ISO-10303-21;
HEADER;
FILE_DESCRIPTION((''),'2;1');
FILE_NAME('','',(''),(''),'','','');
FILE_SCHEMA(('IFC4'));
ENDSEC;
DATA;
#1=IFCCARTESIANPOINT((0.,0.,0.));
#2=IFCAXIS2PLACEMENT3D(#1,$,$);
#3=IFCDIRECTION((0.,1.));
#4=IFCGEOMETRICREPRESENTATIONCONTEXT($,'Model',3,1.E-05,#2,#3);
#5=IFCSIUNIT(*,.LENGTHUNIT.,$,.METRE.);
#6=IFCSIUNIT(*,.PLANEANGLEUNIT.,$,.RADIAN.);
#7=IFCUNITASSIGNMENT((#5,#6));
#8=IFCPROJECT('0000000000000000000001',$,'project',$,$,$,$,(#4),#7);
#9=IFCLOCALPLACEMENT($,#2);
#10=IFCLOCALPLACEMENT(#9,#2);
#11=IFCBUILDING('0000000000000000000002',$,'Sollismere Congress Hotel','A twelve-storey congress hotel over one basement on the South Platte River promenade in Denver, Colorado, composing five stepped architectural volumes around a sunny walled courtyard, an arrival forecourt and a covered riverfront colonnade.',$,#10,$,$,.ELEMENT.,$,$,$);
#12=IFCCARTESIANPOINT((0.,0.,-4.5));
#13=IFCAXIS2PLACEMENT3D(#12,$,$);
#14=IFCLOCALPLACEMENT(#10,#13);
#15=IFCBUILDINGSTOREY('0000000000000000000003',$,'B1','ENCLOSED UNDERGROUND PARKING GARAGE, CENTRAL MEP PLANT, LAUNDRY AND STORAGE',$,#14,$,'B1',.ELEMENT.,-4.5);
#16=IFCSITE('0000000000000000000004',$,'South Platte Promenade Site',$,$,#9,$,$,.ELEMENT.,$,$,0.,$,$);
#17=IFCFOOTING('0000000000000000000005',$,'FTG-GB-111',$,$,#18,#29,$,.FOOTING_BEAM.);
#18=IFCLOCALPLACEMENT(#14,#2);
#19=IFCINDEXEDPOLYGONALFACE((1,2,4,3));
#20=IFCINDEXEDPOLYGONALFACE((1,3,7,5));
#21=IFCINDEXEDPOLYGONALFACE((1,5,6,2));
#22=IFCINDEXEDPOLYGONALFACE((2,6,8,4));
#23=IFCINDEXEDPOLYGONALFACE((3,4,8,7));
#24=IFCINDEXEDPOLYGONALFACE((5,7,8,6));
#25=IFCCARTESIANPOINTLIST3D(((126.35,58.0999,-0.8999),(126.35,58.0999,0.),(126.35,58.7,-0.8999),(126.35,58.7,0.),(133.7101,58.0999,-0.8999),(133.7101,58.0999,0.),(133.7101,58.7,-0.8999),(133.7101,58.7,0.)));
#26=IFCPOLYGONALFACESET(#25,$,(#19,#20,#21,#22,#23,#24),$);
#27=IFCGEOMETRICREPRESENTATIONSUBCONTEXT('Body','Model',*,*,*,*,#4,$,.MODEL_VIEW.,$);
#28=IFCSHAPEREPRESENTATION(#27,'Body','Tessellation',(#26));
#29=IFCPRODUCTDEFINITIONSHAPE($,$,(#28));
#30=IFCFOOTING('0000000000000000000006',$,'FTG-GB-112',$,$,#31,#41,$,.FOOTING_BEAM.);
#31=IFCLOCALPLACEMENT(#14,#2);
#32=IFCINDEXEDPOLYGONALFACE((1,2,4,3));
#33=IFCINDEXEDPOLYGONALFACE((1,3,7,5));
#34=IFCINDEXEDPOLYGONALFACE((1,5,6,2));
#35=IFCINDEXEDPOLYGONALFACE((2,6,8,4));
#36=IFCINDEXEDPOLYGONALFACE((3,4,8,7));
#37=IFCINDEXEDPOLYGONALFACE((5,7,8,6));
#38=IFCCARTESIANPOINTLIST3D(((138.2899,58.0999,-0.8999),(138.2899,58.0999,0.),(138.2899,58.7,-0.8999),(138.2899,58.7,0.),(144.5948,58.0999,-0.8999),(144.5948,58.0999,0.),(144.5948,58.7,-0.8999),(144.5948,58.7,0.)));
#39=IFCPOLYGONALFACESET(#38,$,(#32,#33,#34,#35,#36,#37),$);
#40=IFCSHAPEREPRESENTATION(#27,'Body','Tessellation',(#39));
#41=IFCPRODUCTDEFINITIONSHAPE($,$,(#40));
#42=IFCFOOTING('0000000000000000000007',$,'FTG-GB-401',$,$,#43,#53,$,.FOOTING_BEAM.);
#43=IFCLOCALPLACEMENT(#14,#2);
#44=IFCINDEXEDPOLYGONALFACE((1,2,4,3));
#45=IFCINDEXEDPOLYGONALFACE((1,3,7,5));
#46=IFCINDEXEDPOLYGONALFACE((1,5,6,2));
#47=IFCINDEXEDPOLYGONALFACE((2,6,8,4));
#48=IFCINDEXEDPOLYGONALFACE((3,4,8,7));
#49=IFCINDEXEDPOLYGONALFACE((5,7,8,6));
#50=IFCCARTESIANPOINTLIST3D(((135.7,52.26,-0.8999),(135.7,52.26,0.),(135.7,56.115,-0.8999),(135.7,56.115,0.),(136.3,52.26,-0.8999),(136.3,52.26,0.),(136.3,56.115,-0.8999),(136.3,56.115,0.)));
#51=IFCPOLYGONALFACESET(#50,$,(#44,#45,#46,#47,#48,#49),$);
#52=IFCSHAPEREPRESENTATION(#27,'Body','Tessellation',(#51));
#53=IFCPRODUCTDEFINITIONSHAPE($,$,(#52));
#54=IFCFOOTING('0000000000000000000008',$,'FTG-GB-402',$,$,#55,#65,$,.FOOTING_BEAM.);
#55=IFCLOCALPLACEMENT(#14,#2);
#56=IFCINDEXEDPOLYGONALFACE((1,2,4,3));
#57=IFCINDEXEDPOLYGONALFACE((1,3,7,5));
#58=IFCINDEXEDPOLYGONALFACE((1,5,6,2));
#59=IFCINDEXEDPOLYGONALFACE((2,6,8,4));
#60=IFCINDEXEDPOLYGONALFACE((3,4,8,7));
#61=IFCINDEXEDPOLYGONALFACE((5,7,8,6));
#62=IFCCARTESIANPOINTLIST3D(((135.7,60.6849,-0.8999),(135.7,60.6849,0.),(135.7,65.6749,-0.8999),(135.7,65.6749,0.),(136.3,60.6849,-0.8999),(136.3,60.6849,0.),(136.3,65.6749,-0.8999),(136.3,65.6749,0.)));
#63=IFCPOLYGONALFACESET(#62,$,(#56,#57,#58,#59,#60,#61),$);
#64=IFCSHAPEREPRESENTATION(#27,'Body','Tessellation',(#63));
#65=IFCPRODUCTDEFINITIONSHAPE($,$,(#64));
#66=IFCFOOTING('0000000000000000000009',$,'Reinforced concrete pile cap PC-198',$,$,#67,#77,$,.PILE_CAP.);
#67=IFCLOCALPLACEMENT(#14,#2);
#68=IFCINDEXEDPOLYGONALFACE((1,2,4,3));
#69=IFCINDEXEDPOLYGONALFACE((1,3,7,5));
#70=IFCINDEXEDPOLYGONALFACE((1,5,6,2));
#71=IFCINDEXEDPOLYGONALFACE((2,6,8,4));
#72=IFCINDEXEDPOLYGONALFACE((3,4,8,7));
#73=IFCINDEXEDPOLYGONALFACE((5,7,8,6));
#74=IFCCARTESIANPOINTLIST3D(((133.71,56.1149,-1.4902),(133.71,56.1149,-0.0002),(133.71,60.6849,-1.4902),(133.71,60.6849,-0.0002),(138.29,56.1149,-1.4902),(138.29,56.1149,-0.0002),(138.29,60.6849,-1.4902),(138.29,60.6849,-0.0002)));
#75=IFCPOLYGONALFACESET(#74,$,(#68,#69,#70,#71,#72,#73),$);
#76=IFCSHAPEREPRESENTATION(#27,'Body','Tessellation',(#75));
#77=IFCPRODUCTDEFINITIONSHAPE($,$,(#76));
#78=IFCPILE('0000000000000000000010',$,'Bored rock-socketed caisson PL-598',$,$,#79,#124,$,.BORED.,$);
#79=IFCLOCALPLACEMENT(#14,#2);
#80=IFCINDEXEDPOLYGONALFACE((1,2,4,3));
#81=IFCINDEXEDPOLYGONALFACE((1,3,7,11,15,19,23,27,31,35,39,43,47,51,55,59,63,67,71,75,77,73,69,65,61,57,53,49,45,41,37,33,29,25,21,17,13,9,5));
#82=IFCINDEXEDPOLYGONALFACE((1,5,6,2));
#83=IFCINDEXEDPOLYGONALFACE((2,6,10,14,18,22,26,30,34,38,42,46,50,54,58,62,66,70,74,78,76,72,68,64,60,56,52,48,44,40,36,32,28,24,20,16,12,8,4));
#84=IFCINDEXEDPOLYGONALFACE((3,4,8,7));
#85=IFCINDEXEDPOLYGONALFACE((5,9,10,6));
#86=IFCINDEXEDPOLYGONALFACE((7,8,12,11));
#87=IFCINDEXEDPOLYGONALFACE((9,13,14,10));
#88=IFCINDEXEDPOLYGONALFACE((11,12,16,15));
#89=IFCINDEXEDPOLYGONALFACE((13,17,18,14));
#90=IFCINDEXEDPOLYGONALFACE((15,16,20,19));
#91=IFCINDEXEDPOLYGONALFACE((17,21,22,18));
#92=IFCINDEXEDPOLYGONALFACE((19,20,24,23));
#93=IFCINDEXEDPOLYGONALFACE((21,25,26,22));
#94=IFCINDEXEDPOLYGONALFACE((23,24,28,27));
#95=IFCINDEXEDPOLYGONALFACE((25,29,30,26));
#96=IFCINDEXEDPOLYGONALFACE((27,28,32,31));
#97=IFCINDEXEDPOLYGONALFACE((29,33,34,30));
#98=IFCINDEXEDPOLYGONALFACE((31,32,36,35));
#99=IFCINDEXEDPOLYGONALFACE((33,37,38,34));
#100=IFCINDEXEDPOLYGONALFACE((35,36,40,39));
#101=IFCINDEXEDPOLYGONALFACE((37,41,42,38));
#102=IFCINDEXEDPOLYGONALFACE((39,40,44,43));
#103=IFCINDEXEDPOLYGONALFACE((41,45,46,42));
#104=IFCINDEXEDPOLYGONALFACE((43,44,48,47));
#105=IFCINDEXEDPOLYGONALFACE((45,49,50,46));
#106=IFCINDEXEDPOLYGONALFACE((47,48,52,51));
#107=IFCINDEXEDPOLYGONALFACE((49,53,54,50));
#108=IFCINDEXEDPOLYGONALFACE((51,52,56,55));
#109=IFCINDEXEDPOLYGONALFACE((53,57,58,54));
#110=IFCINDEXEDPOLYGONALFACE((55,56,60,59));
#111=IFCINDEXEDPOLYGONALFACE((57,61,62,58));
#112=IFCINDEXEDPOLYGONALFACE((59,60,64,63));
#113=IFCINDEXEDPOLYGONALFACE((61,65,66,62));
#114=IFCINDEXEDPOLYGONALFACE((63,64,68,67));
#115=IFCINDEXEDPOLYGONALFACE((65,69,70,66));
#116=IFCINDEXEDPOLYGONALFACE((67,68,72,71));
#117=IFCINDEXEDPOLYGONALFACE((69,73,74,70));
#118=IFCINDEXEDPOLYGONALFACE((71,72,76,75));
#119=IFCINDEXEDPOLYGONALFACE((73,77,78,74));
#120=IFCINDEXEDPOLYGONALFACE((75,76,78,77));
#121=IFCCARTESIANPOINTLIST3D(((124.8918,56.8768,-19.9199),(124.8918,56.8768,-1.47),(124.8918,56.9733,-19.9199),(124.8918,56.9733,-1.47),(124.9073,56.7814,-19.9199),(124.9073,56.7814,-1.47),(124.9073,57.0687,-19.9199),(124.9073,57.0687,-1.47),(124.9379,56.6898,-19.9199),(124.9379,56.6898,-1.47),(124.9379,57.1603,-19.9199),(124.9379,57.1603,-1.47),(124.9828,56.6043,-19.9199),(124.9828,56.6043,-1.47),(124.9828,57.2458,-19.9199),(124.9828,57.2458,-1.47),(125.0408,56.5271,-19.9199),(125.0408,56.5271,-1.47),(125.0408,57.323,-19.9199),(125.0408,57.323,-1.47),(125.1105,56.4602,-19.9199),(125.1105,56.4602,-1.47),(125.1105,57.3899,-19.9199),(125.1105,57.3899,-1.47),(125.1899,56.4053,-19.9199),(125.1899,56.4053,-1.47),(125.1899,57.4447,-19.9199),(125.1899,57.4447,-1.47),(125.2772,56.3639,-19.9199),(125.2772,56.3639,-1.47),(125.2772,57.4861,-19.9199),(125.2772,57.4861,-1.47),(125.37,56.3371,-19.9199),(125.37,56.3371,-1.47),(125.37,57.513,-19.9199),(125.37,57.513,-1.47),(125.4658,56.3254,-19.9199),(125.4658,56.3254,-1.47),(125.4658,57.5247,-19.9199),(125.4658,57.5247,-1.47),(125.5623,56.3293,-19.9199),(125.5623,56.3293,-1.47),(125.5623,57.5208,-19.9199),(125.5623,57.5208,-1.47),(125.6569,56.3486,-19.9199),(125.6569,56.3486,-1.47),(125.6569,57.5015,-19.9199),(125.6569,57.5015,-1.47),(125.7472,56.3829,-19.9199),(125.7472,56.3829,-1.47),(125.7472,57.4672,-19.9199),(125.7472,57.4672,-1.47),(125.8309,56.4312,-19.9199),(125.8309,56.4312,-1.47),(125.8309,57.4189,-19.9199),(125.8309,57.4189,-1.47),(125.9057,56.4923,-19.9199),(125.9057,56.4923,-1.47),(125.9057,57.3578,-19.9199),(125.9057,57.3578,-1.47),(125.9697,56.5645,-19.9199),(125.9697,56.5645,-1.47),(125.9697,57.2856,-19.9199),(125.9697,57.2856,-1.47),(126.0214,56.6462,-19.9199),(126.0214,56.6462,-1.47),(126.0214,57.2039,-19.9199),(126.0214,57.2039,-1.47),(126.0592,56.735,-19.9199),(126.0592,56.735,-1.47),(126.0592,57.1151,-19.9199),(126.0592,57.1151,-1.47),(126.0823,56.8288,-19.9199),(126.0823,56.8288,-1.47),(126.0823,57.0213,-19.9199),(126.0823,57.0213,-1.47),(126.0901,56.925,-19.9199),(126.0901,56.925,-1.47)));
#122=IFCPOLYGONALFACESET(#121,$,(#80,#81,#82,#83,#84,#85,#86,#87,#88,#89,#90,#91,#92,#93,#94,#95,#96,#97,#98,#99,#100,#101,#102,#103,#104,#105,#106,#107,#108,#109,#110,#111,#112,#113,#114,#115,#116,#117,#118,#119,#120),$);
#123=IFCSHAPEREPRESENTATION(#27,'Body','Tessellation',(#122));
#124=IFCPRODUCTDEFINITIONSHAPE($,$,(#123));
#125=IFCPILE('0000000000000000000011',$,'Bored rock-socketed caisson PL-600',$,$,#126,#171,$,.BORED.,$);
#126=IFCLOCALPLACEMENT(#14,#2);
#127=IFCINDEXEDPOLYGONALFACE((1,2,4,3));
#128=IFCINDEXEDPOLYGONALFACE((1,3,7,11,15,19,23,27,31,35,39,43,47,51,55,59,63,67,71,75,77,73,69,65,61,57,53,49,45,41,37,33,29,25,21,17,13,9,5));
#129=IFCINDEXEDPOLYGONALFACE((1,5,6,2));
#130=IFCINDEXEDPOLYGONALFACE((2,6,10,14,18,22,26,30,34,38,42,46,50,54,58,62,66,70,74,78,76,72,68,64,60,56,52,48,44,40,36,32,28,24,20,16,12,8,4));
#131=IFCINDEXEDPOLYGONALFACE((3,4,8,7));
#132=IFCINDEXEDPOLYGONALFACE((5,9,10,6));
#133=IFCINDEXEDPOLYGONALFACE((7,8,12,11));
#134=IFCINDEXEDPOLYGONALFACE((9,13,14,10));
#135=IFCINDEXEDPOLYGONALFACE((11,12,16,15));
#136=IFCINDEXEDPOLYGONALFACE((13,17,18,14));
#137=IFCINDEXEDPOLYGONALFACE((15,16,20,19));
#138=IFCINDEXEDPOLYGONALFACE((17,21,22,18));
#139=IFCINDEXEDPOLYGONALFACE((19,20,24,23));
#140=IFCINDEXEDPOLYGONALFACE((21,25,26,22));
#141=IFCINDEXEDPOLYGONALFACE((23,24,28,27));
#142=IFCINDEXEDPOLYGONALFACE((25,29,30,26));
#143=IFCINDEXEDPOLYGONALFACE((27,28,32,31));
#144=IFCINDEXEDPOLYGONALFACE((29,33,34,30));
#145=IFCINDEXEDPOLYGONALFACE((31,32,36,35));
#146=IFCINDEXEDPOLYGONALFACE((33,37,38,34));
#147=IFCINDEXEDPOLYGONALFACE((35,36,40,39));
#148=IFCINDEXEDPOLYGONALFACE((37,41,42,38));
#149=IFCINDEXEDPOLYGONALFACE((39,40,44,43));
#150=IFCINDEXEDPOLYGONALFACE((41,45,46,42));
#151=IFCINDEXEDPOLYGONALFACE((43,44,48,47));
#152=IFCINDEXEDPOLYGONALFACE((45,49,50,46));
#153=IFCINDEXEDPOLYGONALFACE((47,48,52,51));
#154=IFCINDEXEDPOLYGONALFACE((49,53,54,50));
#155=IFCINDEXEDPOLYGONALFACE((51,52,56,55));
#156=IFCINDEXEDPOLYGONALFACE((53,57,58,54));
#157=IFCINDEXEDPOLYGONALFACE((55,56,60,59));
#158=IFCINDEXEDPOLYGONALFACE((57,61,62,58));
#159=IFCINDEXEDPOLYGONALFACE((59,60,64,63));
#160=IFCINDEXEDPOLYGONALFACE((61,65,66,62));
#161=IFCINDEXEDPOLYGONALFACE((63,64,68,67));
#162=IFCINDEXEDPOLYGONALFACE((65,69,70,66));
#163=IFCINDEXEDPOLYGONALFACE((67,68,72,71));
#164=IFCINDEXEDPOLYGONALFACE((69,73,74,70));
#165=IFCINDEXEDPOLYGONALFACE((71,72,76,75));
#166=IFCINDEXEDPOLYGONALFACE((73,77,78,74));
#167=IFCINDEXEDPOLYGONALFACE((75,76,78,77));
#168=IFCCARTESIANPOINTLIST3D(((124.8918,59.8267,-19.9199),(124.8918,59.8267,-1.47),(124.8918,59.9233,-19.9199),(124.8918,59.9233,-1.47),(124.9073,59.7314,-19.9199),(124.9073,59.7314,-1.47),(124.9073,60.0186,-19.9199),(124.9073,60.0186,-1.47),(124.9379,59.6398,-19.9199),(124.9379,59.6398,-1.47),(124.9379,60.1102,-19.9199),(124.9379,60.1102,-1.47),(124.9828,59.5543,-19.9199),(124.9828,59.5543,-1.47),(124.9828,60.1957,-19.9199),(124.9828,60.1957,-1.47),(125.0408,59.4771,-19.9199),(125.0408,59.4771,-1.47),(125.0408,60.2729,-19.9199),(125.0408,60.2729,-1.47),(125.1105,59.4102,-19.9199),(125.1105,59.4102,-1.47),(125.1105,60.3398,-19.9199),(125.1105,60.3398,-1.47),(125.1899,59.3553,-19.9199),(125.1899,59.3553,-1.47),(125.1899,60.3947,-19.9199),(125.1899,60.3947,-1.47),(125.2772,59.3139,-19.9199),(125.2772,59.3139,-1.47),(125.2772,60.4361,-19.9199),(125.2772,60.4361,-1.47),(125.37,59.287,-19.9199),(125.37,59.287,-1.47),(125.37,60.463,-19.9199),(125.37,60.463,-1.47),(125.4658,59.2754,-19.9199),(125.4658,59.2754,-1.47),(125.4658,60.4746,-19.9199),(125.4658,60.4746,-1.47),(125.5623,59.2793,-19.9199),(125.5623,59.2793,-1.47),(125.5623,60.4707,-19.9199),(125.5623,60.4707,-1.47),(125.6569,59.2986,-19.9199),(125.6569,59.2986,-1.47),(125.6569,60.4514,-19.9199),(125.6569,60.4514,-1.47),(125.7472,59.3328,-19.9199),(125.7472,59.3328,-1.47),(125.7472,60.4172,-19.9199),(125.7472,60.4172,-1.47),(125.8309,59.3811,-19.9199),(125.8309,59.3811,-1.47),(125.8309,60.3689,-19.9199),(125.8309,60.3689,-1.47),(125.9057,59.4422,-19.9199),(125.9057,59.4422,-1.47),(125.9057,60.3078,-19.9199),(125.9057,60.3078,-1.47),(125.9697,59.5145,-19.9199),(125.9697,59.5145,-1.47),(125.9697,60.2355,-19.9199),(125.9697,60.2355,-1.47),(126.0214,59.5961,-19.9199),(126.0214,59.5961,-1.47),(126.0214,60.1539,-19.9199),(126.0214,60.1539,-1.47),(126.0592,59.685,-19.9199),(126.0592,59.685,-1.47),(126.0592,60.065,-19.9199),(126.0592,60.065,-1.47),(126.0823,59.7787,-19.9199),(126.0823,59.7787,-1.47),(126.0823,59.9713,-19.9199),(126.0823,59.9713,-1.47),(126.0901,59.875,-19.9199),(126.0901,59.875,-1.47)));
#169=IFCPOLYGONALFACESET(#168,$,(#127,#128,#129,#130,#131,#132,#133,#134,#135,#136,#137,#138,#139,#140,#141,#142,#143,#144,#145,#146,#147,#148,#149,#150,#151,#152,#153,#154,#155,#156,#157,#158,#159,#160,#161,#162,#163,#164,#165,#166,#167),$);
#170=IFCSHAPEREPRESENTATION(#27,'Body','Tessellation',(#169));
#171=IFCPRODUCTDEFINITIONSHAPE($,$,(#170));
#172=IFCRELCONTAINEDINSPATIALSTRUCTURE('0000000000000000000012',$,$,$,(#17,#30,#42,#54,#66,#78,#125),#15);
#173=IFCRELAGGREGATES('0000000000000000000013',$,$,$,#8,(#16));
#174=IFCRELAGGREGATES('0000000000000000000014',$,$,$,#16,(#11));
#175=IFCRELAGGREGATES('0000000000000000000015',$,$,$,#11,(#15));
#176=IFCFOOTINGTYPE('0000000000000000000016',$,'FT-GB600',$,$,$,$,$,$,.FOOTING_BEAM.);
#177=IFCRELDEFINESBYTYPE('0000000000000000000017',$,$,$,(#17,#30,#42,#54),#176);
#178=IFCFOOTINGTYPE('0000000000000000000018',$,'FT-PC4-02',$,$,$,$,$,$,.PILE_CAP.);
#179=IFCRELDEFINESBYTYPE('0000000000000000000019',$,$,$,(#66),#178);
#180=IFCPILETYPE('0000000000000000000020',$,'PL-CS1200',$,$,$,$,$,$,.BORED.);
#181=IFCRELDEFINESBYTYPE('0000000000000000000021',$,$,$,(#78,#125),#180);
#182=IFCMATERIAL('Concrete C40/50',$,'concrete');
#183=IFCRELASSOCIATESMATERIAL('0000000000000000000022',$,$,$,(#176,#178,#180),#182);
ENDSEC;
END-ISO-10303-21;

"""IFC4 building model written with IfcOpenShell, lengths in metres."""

from ifc_helpers import new_model, si_unit, direction, frame, origin, origin_2d, place, context, subcontext, project, spatial, rectangle, circle, extrude, material, material_profile, profile_set, type_object, element, save


model = new_model("IFC4")

# Units and contexts
model_context = context("Model", 3, precision=1e-05, world=origin(), true_north=direction((0.0, 1.0)))
body_context = subcontext(model_context, "Body", "Model", "MODEL_VIEW")
ifc_project = project(units=[si_unit("LENGTHUNIT", "METRE"), si_unit("PLANEANGLEUNIT", "RADIAN")], contexts=[model_context])

# Site, building, storey
site_placement = place(None, origin())
site = spatial("IfcSite", under=ifc_project, at=site_placement, Name="South Platte Promenade Site", CompositionType="ELEMENT", RefElevation=0.0)
building_placement = place(site_placement, origin())
building = spatial("IfcBuilding", under=site, at=building_placement, Name="Sollismere Congress Hotel", Description="A twelve-storey congress hotel over one basement on the South Platte River promenade in Denver, Colorado, composing five stepped architectural volumes around a sunny walled courtyard, an arrival forecourt and a covered riverfront colonnade.", CompositionType="ELEMENT")
storey_placement = place(building_placement, frame((0.0, 0.0, -4.5)))
storey = spatial("IfcBuildingStorey", under=building, at=storey_placement, Name="B1", Description="ENCLOSED UNDERGROUND PARKING GARAGE, CENTRAL MEP PLANT, LAUNDRY AND STORAGE", LongName="B1", CompositionType="ELEMENT", Elevation=-4.5)

# Footings
ifc_material_1 = material(Name="Concrete C40/50", Category="concrete")
footing_type_1 = type_object("IfcFootingType", Name="FT-GB600", PredefinedType="FOOTING_BEAM", material=ifc_material_1)
footing_1_placement = place(storey_placement, frame((130.03, 58.3999, -0.8999), z_axis=(0.0, 0.0, 1.0), x_axis=(1.0, 0.0, 0.0)))
element("IfcFooting", 1, at=footing_1_placement, inside=storey, type_object=footing_type_1, Name="FTG-GB-111", PredefinedType="FOOTING_BEAM", context=body_context, shape_type="SweptSolid", body=[
    extrude(rectangle(XDim=7.3601, YDim=0.6001, at=origin_2d()), origin(), (0.0, 0.0, 1.0), 0.8999),
])
footing_2_placement = place(storey_placement, frame((141.4424, 58.3999, -0.8999), z_axis=(0.0, 0.0, 1.0), x_axis=(1.0, 0.0, 0.0)))
element("IfcFooting", 2, at=footing_2_placement, inside=storey, type_object=footing_type_1, Name="FTG-GB-112", PredefinedType="FOOTING_BEAM", context=body_context, shape_type="SweptSolid", body=[
    extrude(rectangle(XDim=6.3049, YDim=0.6001, at=origin_2d()), origin(), (0.0, 0.0, 1.0), 0.8999),
])
footing_3_placement = place(storey_placement, frame((136.0, 54.1875, -0.8999), z_axis=(0.0, 0.0, 1.0), x_axis=(0.0, 1.0, 0.0)))
element("IfcFooting", 3, at=footing_3_placement, inside=storey, type_object=footing_type_1, Name="FTG-GB-401", PredefinedType="FOOTING_BEAM", context=body_context, shape_type="SweptSolid", body=[
    extrude(rectangle(XDim=3.855, YDim=0.6001, at=origin_2d()), origin(), (0.0, 0.0, 1.0), 0.8999),
])
footing_4_placement = place(storey_placement, frame((136.0, 63.1799, -0.8999), z_axis=(0.0, 0.0, 1.0), x_axis=(0.0, 1.0, 0.0)))
element("IfcFooting", 4, at=footing_4_placement, inside=storey, type_object=footing_type_1, Name="FTG-GB-402", PredefinedType="FOOTING_BEAM", context=body_context, shape_type="SweptSolid", body=[
    extrude(rectangle(XDim=4.99, YDim=0.6001, at=origin_2d()), origin(), (0.0, 0.0, 1.0), 0.8999),
])
footing_type_2 = type_object("IfcFootingType", Name="FT-PC4-02", PredefinedType="PILE_CAP", material=ifc_material_1)
footing_5_placement = place(storey_placement, frame((136.0, 58.3999, -1.4902), z_axis=(0.0, 0.0, 1.0), x_axis=(1.0, 0.0, 0.0)))
element("IfcFooting", 5, at=footing_5_placement, inside=storey, type_object=footing_type_2, Name="Reinforced concrete pile cap PC-198", PredefinedType="PILE_CAP", context=body_context, shape_type="SweptSolid", body=[
    extrude(rectangle(XDim=4.5801, YDim=4.5701, at=origin_2d()), origin(), (0.0, 0.0, 1.0), 1.49),
])

# Piles
ifc_material_profile_1 = material_profile(ifc_material_1, circle(Radius=0.6001, at=origin_2d()), Name="CAISSON1200")
ifc_profile_set_1 = profile_set([ifc_material_profile_1], Name="Concrete C40/50")
pile_type = type_object("IfcPileType", Name="PL-CS1200", PredefinedType="BORED", material=ifc_profile_set_1)
for number, where, z_axis, x_axis, name in (
    (6, (125.49, 56.925, -1.47), (0.0, 0.0, -1.0), (1.0, 0.0, 0.0), "Bored rock-socketed caisson PL-598"),
    (7, (125.49, 59.875, -1.47), (0.0, 0.0, -1.0), (1.0, 0.0, 0.0), "Bored rock-socketed caisson PL-600"),
):
    element("IfcPile", number, at=place(storey_placement, frame(where, z_axis=z_axis, x_axis=x_axis)), inside=storey, type_object=pile_type, Name=name, PredefinedType="BORED", context=body_context, shape_type="SweptSolid", body=[
        extrude(circle(Radius=0.6001, at=origin_2d()), origin(), (0.0, 0.0, 1.0), 18.45),
    ])

save(model, "model.ifc")
